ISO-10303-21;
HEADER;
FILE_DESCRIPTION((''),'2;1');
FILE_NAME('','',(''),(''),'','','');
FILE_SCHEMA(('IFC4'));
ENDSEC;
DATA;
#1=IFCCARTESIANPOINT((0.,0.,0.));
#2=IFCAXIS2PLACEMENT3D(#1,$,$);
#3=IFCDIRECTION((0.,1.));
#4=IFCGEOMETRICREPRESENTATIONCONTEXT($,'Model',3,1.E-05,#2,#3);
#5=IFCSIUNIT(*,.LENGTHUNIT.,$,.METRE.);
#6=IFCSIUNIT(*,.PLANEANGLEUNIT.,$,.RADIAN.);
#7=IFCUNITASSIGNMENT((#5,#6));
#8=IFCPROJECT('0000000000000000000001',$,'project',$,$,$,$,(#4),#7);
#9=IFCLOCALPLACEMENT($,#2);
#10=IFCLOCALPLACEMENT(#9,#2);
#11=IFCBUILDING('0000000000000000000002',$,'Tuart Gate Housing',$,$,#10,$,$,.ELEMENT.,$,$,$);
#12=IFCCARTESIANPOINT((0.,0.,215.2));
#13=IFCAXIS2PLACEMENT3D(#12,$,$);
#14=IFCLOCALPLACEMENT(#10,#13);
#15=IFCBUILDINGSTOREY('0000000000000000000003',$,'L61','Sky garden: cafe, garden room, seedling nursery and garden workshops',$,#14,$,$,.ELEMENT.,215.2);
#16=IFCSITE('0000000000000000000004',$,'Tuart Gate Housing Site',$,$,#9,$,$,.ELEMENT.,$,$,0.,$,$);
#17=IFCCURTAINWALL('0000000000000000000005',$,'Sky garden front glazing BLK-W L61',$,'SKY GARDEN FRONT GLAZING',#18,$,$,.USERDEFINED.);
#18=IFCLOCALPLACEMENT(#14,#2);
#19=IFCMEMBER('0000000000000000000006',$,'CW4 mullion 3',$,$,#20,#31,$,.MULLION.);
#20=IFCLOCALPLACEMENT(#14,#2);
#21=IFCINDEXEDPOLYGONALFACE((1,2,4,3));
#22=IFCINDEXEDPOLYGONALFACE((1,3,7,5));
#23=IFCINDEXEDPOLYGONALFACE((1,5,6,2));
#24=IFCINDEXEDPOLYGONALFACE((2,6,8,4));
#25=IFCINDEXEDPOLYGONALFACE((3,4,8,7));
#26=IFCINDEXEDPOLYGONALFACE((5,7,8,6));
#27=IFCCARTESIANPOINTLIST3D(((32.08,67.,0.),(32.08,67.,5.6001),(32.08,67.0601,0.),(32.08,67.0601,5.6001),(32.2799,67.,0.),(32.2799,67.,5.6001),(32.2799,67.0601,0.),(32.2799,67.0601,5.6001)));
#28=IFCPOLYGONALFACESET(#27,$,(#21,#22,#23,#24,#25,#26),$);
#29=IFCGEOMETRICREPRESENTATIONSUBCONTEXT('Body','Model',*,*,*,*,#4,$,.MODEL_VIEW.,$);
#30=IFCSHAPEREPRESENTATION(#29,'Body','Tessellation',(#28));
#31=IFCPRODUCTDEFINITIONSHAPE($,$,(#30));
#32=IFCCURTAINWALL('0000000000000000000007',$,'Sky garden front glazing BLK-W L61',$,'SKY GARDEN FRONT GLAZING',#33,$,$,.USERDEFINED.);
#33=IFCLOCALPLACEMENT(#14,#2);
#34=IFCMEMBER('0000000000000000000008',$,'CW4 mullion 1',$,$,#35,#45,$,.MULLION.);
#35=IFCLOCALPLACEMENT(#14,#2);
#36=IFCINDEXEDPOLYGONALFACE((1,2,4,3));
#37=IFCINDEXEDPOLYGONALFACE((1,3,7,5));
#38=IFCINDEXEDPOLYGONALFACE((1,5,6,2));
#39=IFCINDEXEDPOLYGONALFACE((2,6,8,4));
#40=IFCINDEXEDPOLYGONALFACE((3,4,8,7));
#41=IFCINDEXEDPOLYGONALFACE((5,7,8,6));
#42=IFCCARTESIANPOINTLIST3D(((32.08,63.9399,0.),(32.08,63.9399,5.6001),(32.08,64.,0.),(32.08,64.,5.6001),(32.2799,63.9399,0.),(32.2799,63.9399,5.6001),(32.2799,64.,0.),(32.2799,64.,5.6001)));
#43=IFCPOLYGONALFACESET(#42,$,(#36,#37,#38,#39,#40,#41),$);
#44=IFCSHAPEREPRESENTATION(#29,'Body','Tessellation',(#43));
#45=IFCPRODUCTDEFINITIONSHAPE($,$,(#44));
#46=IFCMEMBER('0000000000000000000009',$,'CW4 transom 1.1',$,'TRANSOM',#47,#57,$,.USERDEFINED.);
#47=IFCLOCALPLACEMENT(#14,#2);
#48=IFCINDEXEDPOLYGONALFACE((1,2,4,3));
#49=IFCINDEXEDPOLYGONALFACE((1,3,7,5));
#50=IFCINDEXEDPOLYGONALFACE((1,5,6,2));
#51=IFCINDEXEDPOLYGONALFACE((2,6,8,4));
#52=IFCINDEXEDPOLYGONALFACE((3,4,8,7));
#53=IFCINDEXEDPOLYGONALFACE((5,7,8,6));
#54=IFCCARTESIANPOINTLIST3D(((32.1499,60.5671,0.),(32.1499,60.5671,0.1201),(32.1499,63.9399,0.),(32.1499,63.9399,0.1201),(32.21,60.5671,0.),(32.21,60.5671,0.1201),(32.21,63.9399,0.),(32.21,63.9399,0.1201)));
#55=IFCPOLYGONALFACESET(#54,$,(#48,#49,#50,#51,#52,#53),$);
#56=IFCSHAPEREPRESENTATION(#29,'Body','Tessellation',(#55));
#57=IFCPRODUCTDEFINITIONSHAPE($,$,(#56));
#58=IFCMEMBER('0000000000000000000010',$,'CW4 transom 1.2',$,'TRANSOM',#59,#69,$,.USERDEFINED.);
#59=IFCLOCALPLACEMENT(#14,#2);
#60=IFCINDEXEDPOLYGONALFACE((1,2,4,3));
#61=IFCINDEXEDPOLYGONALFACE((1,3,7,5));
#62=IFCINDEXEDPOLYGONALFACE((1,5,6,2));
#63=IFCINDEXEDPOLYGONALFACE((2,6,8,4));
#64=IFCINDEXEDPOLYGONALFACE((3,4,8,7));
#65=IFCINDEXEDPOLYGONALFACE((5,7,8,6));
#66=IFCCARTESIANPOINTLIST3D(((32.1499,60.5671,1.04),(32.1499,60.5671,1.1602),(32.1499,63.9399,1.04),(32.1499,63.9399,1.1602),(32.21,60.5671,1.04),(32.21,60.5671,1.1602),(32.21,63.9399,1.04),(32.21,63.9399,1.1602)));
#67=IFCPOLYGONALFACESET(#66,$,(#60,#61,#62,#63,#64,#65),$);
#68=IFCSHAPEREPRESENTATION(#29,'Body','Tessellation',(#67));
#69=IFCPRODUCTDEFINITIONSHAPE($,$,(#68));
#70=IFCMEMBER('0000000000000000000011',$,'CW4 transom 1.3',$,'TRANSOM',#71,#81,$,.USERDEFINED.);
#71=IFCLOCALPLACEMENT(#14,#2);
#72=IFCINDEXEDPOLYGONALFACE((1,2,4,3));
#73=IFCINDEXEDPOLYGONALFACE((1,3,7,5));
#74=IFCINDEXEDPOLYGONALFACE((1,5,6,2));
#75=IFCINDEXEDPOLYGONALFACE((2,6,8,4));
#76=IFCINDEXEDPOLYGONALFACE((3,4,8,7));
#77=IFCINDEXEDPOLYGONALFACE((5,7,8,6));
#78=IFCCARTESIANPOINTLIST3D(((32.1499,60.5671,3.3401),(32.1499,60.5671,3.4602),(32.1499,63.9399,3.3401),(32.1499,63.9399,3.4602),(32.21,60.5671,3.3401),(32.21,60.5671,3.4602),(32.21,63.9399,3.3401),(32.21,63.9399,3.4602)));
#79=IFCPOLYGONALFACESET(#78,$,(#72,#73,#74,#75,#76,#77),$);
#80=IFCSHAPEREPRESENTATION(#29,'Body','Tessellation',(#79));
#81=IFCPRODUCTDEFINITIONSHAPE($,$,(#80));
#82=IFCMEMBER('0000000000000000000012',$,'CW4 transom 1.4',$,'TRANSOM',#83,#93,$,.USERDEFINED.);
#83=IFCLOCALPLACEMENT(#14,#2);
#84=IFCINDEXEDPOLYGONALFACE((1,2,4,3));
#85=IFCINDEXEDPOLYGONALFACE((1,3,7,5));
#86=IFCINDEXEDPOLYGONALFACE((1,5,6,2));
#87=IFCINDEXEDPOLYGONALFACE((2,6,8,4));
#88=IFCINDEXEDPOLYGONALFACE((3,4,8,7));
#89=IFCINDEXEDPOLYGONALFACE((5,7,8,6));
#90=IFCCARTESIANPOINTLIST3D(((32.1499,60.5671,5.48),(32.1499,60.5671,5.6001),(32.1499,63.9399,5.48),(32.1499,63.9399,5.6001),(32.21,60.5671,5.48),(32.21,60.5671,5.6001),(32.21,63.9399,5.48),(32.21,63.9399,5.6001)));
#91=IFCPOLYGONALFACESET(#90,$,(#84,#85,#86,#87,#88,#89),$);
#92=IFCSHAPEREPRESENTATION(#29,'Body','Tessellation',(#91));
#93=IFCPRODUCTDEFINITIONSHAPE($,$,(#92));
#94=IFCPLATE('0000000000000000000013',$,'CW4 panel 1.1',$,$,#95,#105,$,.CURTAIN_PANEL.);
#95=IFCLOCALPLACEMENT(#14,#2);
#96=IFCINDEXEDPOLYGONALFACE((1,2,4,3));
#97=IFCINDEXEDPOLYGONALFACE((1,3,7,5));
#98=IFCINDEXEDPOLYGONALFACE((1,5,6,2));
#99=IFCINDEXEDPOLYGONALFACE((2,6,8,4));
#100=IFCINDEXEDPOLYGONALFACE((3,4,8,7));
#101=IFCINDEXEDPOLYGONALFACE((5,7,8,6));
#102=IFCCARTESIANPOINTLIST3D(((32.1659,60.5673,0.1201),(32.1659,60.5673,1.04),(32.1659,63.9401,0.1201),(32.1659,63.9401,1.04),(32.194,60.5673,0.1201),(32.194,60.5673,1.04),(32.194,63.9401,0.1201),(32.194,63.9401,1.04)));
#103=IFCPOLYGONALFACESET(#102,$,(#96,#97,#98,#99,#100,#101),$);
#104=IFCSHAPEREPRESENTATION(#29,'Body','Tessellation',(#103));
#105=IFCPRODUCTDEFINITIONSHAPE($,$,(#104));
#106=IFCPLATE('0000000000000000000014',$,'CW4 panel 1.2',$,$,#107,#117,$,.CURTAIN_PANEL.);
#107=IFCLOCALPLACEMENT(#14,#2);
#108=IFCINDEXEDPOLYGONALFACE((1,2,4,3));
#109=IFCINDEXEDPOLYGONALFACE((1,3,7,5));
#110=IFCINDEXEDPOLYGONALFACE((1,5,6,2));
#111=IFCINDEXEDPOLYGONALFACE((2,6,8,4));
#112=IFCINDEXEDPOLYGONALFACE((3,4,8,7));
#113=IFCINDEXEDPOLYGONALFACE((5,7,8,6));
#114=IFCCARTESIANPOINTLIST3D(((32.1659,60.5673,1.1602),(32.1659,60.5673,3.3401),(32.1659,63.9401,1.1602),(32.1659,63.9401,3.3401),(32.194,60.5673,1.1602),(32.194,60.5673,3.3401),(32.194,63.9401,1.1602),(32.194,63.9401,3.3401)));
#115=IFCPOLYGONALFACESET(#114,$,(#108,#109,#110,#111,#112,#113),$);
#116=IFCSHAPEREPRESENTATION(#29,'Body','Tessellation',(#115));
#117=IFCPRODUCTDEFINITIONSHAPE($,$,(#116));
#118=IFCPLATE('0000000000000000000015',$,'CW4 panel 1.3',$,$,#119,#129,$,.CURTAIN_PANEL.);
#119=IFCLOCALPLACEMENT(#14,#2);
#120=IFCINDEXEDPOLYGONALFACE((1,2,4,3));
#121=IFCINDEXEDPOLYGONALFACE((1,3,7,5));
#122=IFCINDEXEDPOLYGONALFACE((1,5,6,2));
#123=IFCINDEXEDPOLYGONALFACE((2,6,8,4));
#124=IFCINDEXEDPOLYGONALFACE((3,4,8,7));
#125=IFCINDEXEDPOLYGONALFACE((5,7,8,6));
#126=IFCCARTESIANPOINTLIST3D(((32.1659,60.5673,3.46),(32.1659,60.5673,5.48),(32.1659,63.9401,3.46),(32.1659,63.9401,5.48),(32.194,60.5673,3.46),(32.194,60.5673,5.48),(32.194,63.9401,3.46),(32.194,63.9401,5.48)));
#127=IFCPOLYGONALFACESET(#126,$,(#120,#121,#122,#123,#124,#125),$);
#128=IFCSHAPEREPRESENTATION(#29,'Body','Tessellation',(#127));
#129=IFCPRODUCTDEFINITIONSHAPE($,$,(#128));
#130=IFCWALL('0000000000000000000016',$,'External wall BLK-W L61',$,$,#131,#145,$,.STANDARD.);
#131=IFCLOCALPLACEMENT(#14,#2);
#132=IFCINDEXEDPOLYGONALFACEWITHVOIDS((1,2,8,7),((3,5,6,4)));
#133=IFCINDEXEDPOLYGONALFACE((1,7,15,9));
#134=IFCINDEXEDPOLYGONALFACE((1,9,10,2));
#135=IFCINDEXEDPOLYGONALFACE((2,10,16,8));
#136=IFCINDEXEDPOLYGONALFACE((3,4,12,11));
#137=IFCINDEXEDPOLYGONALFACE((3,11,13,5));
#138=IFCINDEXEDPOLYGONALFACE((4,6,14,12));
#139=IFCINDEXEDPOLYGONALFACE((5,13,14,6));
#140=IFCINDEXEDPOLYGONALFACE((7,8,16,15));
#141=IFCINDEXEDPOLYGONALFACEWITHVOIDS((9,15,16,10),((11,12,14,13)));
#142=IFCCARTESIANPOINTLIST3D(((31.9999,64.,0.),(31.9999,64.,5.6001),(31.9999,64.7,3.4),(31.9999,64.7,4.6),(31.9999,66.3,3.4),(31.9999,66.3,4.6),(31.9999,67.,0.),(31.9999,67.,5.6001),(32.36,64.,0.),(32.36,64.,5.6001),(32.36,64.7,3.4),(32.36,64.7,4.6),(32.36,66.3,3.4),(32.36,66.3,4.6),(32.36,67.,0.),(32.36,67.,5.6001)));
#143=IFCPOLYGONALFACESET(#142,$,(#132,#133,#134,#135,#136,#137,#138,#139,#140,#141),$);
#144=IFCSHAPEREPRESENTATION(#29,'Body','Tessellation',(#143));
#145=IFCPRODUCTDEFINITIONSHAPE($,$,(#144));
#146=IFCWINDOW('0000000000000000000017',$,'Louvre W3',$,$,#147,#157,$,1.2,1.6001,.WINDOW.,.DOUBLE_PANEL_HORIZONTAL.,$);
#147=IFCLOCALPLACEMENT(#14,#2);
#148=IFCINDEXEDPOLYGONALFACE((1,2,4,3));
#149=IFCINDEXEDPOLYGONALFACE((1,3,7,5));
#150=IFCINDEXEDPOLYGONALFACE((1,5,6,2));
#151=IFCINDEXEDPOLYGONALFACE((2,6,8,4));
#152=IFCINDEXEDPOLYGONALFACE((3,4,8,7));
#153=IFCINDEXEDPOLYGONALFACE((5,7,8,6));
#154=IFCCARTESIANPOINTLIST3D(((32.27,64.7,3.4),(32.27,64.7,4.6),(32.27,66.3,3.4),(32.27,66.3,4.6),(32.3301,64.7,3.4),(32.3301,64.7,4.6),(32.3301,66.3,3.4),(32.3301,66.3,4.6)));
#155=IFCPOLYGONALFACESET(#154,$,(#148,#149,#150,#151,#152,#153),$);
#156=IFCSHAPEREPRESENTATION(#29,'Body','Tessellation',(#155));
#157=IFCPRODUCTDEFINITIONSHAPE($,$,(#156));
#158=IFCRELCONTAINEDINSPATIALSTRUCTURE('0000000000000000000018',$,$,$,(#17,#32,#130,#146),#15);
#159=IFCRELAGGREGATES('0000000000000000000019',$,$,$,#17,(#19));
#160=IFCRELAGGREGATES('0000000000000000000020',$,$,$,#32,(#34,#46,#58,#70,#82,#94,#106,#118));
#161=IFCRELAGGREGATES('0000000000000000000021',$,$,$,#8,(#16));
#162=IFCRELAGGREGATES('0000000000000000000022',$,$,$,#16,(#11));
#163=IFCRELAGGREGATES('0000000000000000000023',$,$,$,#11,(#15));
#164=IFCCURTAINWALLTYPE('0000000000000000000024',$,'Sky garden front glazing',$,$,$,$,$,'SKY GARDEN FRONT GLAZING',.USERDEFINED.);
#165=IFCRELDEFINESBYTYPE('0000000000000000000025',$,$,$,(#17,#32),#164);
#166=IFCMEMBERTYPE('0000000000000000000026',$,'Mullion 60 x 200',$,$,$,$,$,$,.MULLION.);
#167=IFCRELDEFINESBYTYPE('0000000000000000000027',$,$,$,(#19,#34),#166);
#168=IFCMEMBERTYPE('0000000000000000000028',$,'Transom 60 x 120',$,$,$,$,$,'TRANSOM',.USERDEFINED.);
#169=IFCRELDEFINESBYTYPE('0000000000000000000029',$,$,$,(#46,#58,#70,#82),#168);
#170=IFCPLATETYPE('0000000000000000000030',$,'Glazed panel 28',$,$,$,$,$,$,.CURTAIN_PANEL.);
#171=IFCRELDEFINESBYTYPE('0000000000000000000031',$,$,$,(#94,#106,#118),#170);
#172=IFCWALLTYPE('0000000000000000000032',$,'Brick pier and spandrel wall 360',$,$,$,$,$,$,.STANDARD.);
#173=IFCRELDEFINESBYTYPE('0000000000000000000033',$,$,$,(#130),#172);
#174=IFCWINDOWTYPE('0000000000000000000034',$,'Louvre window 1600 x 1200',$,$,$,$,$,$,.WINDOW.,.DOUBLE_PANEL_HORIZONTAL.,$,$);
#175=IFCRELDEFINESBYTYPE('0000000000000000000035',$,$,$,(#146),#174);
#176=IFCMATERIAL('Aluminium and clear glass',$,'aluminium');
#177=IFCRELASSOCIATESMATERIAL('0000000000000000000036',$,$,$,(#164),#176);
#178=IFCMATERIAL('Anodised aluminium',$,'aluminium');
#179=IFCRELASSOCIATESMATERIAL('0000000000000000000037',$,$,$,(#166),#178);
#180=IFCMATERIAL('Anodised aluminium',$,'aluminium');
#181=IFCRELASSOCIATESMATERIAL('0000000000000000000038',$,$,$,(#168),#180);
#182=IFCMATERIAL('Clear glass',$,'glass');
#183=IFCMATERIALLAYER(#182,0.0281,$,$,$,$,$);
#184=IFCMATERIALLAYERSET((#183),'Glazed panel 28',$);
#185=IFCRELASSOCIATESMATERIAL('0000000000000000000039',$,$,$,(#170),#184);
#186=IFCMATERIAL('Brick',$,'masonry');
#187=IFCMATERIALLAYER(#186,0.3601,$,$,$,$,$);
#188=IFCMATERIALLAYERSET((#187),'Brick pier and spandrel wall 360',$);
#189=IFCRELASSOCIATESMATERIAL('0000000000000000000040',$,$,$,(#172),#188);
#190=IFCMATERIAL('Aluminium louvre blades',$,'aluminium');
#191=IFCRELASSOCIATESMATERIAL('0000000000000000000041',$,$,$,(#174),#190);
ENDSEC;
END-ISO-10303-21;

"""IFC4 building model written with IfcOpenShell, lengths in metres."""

from ifc_helpers import new_model, si_unit, direction, frame, frame_2d, origin, origin_2d, place, context, subcontext, project, spatial, rectangle, extrude, material, layer, layer_set, material_profile, profile_set, type_object, element, fill, aggregate, save


model = new_model("IFC4")

# Units and contexts
model_context = context("Model", 3, precision=1e-05, world=origin(), true_north=direction((0.0, 1.0)))
body_context = subcontext(model_context, "Body", "Model", "MODEL_VIEW")
ifc_project = project(units=[si_unit("LENGTHUNIT", "METRE"), si_unit("PLANEANGLEUNIT", "RADIAN")], contexts=[model_context])

# Site, building, storey
site_placement = place(None, origin())
site = spatial("IfcSite", under=ifc_project, at=site_placement, Name="Tuart Gate Housing Site", CompositionType="ELEMENT", RefElevation=0.0)
building_placement = place(site_placement, origin())
building = spatial("IfcBuilding", under=site, at=building_placement, Name="Tuart Gate Housing", CompositionType="ELEMENT")
storey_placement = place(building_placement, frame((0.0, 0.0, 215.2)))
storey = spatial("IfcBuildingStorey", under=building, at=storey_placement, Name="L61", Description="Sky garden: cafe, garden room, seedling nursery and garden workshops", CompositionType="ELEMENT", Elevation=215.2)

# Curtain wall, member
ifc_material_1 = material(Name="Aluminium and clear glass", Category="aluminium")
curtain_wall_type = type_object("IfcCurtainWallType", Name="Sky garden front glazing", ElementType="SKY GARDEN FRONT GLAZING", PredefinedType="USERDEFINED", material=ifc_material_1)
curtain_wall_1_placement = place(storey_placement, origin())
curtain_wall_1 = element("IfcCurtainWall", 1, at=curtain_wall_1_placement, inside=storey, type_object=curtain_wall_type, Name="Sky garden front glazing BLK-W L61", ObjectType="SKY GARDEN FRONT GLAZING", PredefinedType="USERDEFINED")
ifc_material_2 = material(Name="Anodised aluminium", Category="aluminium")
ifc_material_profile_1 = material_profile(ifc_material_2, rectangle(XDim=0.0601, YDim=0.2, at=origin_2d()), Name="60x200")
ifc_profile_set_1 = profile_set([ifc_material_profile_1], Name="Anodised aluminium")
member_type_1 = type_object("IfcMemberType", Name="Mullion 60 x 200", PredefinedType="MULLION", material=ifc_profile_set_1)
member_1_placement = place(storey_placement, frame((32.1799, 67.03, 0.0), z_axis=(0.0, 0.0, 1.0), x_axis=(0.0, -1.0, 0.0)))
member_1 = element("IfcMember", 2, at=member_1_placement, type_object=member_type_1, Name="CW4 mullion 3", PredefinedType="MULLION", context=body_context, shape_type="SweptSolid", body=[
    extrude(rectangle(XDim=0.0601, YDim=0.2, at=origin_2d()), origin(), (0.0, 0.0, 1.0), 5.6001),
])
aggregate(curtain_wall_1, [member_1])

# Curtain wall, members, plates
curtain_wall_2_placement = place(storey_placement, origin())
curtain_wall_2 = element("IfcCurtainWall", 3, at=curtain_wall_2_placement, inside=storey, type_object=curtain_wall_type, Name="Sky garden front glazing BLK-W L61", ObjectType="SKY GARDEN FRONT GLAZING", PredefinedType="USERDEFINED")
member_2_placement = place(storey_placement, frame((32.1799, 63.97, 0.0), z_axis=(0.0, 0.0, 1.0), x_axis=(0.0, -1.0, 0.0)))
member_2 = element("IfcMember", 4, at=member_2_placement, type_object=member_type_1, Name="CW4 mullion 1", PredefinedType="MULLION", context=body_context, shape_type="SweptSolid", body=[
    extrude(rectangle(XDim=0.0601, YDim=0.2, at=origin_2d()), origin(), (0.0, 0.0, 1.0), 5.6001),
])
ifc_material_3 = material(Name="Anodised aluminium", Category="aluminium")
ifc_material_profile_2 = material_profile(ifc_material_3, rectangle(XDim=0.0601, YDim=0.1201, at=origin_2d()), Name="60x120")
ifc_profile_set_2 = profile_set([ifc_material_profile_2], Name="Anodised aluminium")
member_type_2 = type_object("IfcMemberType", Name="Transom 60 x 120", ElementType="TRANSOM", PredefinedType="USERDEFINED", material=ifc_profile_set_2)
member_3_placement = place(storey_placement, frame((32.1799, 63.9399, 0.0601), z_axis=(0.0, -1.0, 0.0), x_axis=(1.0, 0.0, 0.0)))
member_3 = element("IfcMember", 5, at=member_3_placement, type_object=member_type_2, Name="CW4 transom 1.1", ObjectType="TRANSOM", PredefinedType="USERDEFINED", context=body_context, shape_type="SweptSolid", body=[
    extrude(rectangle(XDim=0.0601, YDim=0.1201, at=origin_2d()), origin(), (0.0, 0.0, 1.0), 3.3728),
])
member_4_placement = place(storey_placement, frame((32.1799, 63.9399, 1.1001), z_axis=(0.0, -1.0, 0.0), x_axis=(1.0, 0.0, 0.0)))
member_4 = element("IfcMember", 6, at=member_4_placement, type_object=member_type_2, Name="CW4 transom 1.2", ObjectType="TRANSOM", PredefinedType="USERDEFINED", context=body_context, shape_type="SweptSolid", body=[
    extrude(rectangle(XDim=0.0601, YDim=0.1201, at=origin_2d()), origin(), (0.0, 0.0, 1.0), 3.3728),
])
member_5_placement = place(storey_placement, frame((32.1799, 63.9399, 3.4001), z_axis=(0.0, -1.0, 0.0), x_axis=(1.0, 0.0, 0.0)))
member_5 = element("IfcMember", 7, at=member_5_placement, type_object=member_type_2, Name="CW4 transom 1.3", ObjectType="TRANSOM", PredefinedType="USERDEFINED", context=body_context, shape_type="SweptSolid", body=[
    extrude(rectangle(XDim=0.0601, YDim=0.1201, at=origin_2d()), origin(), (0.0, 0.0, 1.0), 3.3728),
])
member_6_placement = place(storey_placement, frame((32.1799, 63.9399, 5.54), z_axis=(0.0, -1.0, 0.0), x_axis=(1.0, 0.0, 0.0)))
member_6 = element("IfcMember", 8, at=member_6_placement, type_object=member_type_2, Name="CW4 transom 1.4", ObjectType="TRANSOM", PredefinedType="USERDEFINED", context=body_context, shape_type="SweptSolid", body=[
    extrude(rectangle(XDim=0.0601, YDim=0.1201, at=origin_2d()), origin(), (0.0, 0.0, 1.0), 3.3728),
])
ifc_material_4 = material(Name="Clear glass", Category="glass")
ifc_layer_1 = layer(ifc_material_4, 0.0281)
ifc_layer_set_1 = layer_set([ifc_layer_1], Name="Glazed panel 28")
plate_type = type_object("IfcPlateType", Name="Glazed panel 28", PredefinedType="CURTAIN_PANEL", material=ifc_layer_set_1)
plate_1_placement = place(storey_placement, frame((32.1799, 62.2537, 0.1201), z_axis=(0.0, 0.0, 1.0), x_axis=(0.0, -1.0, 0.0)))
plate_1 = element("IfcPlate", 9, at=plate_1_placement, type_object=plate_type, Name="CW4 panel 1.1", PredefinedType="CURTAIN_PANEL", context=body_context, shape_type="SweptSolid", body=[
    extrude(rectangle(XDim=3.3728, YDim=0.0281, at=origin_2d()), origin(), (0.0, 0.0, 1.0), 0.9199),
])
plate_2_placement = place(storey_placement, frame((32.1799, 62.2537, 1.1602), z_axis=(0.0, 0.0, 1.0), x_axis=(0.0, -1.0, 0.0)))
plate_2 = element("IfcPlate", 10, at=plate_2_placement, type_object=plate_type, Name="CW4 panel 1.2", PredefinedType="CURTAIN_PANEL", context=body_context, shape_type="SweptSolid", body=[
    extrude(rectangle(XDim=3.3728, YDim=0.0281, at=origin_2d()), origin(), (0.0, 0.0, 1.0), 2.1799),
])
plate_3_placement = place(storey_placement, frame((32.1799, 62.2537, 3.46), z_axis=(0.0, 0.0, 1.0), x_axis=(0.0, -1.0, 0.0)))
plate_3 = element("IfcPlate", 11, at=plate_3_placement, type_object=plate_type, Name="CW4 panel 1.3", PredefinedType="CURTAIN_PANEL", context=body_context, shape_type="SweptSolid", body=[
    extrude(rectangle(XDim=3.3728, YDim=0.0281, at=origin_2d()), origin(), (0.0, 0.0, 1.0), 2.02),
])
aggregate(curtain_wall_2, [member_2, member_3, member_4, member_5, member_6, plate_1, plate_2, plate_3])

# Wall, opening, window
ifc_material_5 = material(Name="Brick", Category="masonry")
ifc_layer_2 = layer(ifc_material_5, 0.3601)
ifc_layer_set_2 = layer_set([ifc_layer_2], Name="Brick pier and spandrel wall 360")
wall_type_1 = type_object("IfcWallType", Name="Brick pier and spandrel wall 360", PredefinedType="STANDARD", material=ifc_layer_set_2)
wall_1_placement = place(storey_placement, frame((32.1799, 67.0, 0.0), z_axis=(0.0, 0.0, 1.0), x_axis=(0.0, -1.0, 0.0)))
wall_1 = element("IfcWall", 12, at=wall_1_placement, inside=storey, type_object=wall_type_1, Name="External wall BLK-W L61", PredefinedType="STANDARD", context=body_context, shape_type="SweptSolid", body=[
    extrude(rectangle(XDim=3.0, YDim=0.3601, at=frame_2d((1.5, 0.0))), origin(), (0.0, 0.0, 1.0), 5.6001),
])
opening_1_placement = place(wall_1_placement, frame((0.7, 0.0, 3.3999)))
opening_1 = element("IfcOpeningElement", 13, at=opening_1_placement, cuts=wall_1, PredefinedType="OPENING", context=body_context, shape_type="SweptSolid", body=[
    extrude(rectangle(XDim=1.6001, YDim=1.2, at=frame_2d((0.8, 0.6001))), frame((0.0, 0.1899, 0.0), z_axis=(0.0, -1.0, 0.0), x_axis=(1.0, 0.0, 0.0)), (0.0, 0.0, 1.0), 0.3801),
])
ifc_material_6 = material(Name="Aluminium louvre blades", Category="aluminium")
window_type = type_object("IfcWindowType", Name="Louvre window 1600 x 1200", PartitioningType="DOUBLE_PANEL_HORIZONTAL", PredefinedType="WINDOW", material=ifc_material_6)
window_placement = place(opening_1_placement, origin())
window = element("IfcWindow", 14, at=window_placement, inside=storey, type_object=window_type, Name="Louvre W3", OverallHeight=1.2, OverallWidth=1.6001, PartitioningType="DOUBLE_PANEL_HORIZONTAL", PredefinedType="WINDOW", context=body_context, shape_type="SweptSolid", body=[
    extrude(rectangle(XDim=1.6001, YDim=1.2, at=frame_2d((0.8, 0.6001))), frame((0.0, 0.1501, 0.0), z_axis=(0.0, -1.0, 0.0), x_axis=(1.0, 0.0, 0.0)), (0.0, 0.0, 1.0), 0.0601),
])
fill(opening_1, window)

save(model, "model.ifc")
